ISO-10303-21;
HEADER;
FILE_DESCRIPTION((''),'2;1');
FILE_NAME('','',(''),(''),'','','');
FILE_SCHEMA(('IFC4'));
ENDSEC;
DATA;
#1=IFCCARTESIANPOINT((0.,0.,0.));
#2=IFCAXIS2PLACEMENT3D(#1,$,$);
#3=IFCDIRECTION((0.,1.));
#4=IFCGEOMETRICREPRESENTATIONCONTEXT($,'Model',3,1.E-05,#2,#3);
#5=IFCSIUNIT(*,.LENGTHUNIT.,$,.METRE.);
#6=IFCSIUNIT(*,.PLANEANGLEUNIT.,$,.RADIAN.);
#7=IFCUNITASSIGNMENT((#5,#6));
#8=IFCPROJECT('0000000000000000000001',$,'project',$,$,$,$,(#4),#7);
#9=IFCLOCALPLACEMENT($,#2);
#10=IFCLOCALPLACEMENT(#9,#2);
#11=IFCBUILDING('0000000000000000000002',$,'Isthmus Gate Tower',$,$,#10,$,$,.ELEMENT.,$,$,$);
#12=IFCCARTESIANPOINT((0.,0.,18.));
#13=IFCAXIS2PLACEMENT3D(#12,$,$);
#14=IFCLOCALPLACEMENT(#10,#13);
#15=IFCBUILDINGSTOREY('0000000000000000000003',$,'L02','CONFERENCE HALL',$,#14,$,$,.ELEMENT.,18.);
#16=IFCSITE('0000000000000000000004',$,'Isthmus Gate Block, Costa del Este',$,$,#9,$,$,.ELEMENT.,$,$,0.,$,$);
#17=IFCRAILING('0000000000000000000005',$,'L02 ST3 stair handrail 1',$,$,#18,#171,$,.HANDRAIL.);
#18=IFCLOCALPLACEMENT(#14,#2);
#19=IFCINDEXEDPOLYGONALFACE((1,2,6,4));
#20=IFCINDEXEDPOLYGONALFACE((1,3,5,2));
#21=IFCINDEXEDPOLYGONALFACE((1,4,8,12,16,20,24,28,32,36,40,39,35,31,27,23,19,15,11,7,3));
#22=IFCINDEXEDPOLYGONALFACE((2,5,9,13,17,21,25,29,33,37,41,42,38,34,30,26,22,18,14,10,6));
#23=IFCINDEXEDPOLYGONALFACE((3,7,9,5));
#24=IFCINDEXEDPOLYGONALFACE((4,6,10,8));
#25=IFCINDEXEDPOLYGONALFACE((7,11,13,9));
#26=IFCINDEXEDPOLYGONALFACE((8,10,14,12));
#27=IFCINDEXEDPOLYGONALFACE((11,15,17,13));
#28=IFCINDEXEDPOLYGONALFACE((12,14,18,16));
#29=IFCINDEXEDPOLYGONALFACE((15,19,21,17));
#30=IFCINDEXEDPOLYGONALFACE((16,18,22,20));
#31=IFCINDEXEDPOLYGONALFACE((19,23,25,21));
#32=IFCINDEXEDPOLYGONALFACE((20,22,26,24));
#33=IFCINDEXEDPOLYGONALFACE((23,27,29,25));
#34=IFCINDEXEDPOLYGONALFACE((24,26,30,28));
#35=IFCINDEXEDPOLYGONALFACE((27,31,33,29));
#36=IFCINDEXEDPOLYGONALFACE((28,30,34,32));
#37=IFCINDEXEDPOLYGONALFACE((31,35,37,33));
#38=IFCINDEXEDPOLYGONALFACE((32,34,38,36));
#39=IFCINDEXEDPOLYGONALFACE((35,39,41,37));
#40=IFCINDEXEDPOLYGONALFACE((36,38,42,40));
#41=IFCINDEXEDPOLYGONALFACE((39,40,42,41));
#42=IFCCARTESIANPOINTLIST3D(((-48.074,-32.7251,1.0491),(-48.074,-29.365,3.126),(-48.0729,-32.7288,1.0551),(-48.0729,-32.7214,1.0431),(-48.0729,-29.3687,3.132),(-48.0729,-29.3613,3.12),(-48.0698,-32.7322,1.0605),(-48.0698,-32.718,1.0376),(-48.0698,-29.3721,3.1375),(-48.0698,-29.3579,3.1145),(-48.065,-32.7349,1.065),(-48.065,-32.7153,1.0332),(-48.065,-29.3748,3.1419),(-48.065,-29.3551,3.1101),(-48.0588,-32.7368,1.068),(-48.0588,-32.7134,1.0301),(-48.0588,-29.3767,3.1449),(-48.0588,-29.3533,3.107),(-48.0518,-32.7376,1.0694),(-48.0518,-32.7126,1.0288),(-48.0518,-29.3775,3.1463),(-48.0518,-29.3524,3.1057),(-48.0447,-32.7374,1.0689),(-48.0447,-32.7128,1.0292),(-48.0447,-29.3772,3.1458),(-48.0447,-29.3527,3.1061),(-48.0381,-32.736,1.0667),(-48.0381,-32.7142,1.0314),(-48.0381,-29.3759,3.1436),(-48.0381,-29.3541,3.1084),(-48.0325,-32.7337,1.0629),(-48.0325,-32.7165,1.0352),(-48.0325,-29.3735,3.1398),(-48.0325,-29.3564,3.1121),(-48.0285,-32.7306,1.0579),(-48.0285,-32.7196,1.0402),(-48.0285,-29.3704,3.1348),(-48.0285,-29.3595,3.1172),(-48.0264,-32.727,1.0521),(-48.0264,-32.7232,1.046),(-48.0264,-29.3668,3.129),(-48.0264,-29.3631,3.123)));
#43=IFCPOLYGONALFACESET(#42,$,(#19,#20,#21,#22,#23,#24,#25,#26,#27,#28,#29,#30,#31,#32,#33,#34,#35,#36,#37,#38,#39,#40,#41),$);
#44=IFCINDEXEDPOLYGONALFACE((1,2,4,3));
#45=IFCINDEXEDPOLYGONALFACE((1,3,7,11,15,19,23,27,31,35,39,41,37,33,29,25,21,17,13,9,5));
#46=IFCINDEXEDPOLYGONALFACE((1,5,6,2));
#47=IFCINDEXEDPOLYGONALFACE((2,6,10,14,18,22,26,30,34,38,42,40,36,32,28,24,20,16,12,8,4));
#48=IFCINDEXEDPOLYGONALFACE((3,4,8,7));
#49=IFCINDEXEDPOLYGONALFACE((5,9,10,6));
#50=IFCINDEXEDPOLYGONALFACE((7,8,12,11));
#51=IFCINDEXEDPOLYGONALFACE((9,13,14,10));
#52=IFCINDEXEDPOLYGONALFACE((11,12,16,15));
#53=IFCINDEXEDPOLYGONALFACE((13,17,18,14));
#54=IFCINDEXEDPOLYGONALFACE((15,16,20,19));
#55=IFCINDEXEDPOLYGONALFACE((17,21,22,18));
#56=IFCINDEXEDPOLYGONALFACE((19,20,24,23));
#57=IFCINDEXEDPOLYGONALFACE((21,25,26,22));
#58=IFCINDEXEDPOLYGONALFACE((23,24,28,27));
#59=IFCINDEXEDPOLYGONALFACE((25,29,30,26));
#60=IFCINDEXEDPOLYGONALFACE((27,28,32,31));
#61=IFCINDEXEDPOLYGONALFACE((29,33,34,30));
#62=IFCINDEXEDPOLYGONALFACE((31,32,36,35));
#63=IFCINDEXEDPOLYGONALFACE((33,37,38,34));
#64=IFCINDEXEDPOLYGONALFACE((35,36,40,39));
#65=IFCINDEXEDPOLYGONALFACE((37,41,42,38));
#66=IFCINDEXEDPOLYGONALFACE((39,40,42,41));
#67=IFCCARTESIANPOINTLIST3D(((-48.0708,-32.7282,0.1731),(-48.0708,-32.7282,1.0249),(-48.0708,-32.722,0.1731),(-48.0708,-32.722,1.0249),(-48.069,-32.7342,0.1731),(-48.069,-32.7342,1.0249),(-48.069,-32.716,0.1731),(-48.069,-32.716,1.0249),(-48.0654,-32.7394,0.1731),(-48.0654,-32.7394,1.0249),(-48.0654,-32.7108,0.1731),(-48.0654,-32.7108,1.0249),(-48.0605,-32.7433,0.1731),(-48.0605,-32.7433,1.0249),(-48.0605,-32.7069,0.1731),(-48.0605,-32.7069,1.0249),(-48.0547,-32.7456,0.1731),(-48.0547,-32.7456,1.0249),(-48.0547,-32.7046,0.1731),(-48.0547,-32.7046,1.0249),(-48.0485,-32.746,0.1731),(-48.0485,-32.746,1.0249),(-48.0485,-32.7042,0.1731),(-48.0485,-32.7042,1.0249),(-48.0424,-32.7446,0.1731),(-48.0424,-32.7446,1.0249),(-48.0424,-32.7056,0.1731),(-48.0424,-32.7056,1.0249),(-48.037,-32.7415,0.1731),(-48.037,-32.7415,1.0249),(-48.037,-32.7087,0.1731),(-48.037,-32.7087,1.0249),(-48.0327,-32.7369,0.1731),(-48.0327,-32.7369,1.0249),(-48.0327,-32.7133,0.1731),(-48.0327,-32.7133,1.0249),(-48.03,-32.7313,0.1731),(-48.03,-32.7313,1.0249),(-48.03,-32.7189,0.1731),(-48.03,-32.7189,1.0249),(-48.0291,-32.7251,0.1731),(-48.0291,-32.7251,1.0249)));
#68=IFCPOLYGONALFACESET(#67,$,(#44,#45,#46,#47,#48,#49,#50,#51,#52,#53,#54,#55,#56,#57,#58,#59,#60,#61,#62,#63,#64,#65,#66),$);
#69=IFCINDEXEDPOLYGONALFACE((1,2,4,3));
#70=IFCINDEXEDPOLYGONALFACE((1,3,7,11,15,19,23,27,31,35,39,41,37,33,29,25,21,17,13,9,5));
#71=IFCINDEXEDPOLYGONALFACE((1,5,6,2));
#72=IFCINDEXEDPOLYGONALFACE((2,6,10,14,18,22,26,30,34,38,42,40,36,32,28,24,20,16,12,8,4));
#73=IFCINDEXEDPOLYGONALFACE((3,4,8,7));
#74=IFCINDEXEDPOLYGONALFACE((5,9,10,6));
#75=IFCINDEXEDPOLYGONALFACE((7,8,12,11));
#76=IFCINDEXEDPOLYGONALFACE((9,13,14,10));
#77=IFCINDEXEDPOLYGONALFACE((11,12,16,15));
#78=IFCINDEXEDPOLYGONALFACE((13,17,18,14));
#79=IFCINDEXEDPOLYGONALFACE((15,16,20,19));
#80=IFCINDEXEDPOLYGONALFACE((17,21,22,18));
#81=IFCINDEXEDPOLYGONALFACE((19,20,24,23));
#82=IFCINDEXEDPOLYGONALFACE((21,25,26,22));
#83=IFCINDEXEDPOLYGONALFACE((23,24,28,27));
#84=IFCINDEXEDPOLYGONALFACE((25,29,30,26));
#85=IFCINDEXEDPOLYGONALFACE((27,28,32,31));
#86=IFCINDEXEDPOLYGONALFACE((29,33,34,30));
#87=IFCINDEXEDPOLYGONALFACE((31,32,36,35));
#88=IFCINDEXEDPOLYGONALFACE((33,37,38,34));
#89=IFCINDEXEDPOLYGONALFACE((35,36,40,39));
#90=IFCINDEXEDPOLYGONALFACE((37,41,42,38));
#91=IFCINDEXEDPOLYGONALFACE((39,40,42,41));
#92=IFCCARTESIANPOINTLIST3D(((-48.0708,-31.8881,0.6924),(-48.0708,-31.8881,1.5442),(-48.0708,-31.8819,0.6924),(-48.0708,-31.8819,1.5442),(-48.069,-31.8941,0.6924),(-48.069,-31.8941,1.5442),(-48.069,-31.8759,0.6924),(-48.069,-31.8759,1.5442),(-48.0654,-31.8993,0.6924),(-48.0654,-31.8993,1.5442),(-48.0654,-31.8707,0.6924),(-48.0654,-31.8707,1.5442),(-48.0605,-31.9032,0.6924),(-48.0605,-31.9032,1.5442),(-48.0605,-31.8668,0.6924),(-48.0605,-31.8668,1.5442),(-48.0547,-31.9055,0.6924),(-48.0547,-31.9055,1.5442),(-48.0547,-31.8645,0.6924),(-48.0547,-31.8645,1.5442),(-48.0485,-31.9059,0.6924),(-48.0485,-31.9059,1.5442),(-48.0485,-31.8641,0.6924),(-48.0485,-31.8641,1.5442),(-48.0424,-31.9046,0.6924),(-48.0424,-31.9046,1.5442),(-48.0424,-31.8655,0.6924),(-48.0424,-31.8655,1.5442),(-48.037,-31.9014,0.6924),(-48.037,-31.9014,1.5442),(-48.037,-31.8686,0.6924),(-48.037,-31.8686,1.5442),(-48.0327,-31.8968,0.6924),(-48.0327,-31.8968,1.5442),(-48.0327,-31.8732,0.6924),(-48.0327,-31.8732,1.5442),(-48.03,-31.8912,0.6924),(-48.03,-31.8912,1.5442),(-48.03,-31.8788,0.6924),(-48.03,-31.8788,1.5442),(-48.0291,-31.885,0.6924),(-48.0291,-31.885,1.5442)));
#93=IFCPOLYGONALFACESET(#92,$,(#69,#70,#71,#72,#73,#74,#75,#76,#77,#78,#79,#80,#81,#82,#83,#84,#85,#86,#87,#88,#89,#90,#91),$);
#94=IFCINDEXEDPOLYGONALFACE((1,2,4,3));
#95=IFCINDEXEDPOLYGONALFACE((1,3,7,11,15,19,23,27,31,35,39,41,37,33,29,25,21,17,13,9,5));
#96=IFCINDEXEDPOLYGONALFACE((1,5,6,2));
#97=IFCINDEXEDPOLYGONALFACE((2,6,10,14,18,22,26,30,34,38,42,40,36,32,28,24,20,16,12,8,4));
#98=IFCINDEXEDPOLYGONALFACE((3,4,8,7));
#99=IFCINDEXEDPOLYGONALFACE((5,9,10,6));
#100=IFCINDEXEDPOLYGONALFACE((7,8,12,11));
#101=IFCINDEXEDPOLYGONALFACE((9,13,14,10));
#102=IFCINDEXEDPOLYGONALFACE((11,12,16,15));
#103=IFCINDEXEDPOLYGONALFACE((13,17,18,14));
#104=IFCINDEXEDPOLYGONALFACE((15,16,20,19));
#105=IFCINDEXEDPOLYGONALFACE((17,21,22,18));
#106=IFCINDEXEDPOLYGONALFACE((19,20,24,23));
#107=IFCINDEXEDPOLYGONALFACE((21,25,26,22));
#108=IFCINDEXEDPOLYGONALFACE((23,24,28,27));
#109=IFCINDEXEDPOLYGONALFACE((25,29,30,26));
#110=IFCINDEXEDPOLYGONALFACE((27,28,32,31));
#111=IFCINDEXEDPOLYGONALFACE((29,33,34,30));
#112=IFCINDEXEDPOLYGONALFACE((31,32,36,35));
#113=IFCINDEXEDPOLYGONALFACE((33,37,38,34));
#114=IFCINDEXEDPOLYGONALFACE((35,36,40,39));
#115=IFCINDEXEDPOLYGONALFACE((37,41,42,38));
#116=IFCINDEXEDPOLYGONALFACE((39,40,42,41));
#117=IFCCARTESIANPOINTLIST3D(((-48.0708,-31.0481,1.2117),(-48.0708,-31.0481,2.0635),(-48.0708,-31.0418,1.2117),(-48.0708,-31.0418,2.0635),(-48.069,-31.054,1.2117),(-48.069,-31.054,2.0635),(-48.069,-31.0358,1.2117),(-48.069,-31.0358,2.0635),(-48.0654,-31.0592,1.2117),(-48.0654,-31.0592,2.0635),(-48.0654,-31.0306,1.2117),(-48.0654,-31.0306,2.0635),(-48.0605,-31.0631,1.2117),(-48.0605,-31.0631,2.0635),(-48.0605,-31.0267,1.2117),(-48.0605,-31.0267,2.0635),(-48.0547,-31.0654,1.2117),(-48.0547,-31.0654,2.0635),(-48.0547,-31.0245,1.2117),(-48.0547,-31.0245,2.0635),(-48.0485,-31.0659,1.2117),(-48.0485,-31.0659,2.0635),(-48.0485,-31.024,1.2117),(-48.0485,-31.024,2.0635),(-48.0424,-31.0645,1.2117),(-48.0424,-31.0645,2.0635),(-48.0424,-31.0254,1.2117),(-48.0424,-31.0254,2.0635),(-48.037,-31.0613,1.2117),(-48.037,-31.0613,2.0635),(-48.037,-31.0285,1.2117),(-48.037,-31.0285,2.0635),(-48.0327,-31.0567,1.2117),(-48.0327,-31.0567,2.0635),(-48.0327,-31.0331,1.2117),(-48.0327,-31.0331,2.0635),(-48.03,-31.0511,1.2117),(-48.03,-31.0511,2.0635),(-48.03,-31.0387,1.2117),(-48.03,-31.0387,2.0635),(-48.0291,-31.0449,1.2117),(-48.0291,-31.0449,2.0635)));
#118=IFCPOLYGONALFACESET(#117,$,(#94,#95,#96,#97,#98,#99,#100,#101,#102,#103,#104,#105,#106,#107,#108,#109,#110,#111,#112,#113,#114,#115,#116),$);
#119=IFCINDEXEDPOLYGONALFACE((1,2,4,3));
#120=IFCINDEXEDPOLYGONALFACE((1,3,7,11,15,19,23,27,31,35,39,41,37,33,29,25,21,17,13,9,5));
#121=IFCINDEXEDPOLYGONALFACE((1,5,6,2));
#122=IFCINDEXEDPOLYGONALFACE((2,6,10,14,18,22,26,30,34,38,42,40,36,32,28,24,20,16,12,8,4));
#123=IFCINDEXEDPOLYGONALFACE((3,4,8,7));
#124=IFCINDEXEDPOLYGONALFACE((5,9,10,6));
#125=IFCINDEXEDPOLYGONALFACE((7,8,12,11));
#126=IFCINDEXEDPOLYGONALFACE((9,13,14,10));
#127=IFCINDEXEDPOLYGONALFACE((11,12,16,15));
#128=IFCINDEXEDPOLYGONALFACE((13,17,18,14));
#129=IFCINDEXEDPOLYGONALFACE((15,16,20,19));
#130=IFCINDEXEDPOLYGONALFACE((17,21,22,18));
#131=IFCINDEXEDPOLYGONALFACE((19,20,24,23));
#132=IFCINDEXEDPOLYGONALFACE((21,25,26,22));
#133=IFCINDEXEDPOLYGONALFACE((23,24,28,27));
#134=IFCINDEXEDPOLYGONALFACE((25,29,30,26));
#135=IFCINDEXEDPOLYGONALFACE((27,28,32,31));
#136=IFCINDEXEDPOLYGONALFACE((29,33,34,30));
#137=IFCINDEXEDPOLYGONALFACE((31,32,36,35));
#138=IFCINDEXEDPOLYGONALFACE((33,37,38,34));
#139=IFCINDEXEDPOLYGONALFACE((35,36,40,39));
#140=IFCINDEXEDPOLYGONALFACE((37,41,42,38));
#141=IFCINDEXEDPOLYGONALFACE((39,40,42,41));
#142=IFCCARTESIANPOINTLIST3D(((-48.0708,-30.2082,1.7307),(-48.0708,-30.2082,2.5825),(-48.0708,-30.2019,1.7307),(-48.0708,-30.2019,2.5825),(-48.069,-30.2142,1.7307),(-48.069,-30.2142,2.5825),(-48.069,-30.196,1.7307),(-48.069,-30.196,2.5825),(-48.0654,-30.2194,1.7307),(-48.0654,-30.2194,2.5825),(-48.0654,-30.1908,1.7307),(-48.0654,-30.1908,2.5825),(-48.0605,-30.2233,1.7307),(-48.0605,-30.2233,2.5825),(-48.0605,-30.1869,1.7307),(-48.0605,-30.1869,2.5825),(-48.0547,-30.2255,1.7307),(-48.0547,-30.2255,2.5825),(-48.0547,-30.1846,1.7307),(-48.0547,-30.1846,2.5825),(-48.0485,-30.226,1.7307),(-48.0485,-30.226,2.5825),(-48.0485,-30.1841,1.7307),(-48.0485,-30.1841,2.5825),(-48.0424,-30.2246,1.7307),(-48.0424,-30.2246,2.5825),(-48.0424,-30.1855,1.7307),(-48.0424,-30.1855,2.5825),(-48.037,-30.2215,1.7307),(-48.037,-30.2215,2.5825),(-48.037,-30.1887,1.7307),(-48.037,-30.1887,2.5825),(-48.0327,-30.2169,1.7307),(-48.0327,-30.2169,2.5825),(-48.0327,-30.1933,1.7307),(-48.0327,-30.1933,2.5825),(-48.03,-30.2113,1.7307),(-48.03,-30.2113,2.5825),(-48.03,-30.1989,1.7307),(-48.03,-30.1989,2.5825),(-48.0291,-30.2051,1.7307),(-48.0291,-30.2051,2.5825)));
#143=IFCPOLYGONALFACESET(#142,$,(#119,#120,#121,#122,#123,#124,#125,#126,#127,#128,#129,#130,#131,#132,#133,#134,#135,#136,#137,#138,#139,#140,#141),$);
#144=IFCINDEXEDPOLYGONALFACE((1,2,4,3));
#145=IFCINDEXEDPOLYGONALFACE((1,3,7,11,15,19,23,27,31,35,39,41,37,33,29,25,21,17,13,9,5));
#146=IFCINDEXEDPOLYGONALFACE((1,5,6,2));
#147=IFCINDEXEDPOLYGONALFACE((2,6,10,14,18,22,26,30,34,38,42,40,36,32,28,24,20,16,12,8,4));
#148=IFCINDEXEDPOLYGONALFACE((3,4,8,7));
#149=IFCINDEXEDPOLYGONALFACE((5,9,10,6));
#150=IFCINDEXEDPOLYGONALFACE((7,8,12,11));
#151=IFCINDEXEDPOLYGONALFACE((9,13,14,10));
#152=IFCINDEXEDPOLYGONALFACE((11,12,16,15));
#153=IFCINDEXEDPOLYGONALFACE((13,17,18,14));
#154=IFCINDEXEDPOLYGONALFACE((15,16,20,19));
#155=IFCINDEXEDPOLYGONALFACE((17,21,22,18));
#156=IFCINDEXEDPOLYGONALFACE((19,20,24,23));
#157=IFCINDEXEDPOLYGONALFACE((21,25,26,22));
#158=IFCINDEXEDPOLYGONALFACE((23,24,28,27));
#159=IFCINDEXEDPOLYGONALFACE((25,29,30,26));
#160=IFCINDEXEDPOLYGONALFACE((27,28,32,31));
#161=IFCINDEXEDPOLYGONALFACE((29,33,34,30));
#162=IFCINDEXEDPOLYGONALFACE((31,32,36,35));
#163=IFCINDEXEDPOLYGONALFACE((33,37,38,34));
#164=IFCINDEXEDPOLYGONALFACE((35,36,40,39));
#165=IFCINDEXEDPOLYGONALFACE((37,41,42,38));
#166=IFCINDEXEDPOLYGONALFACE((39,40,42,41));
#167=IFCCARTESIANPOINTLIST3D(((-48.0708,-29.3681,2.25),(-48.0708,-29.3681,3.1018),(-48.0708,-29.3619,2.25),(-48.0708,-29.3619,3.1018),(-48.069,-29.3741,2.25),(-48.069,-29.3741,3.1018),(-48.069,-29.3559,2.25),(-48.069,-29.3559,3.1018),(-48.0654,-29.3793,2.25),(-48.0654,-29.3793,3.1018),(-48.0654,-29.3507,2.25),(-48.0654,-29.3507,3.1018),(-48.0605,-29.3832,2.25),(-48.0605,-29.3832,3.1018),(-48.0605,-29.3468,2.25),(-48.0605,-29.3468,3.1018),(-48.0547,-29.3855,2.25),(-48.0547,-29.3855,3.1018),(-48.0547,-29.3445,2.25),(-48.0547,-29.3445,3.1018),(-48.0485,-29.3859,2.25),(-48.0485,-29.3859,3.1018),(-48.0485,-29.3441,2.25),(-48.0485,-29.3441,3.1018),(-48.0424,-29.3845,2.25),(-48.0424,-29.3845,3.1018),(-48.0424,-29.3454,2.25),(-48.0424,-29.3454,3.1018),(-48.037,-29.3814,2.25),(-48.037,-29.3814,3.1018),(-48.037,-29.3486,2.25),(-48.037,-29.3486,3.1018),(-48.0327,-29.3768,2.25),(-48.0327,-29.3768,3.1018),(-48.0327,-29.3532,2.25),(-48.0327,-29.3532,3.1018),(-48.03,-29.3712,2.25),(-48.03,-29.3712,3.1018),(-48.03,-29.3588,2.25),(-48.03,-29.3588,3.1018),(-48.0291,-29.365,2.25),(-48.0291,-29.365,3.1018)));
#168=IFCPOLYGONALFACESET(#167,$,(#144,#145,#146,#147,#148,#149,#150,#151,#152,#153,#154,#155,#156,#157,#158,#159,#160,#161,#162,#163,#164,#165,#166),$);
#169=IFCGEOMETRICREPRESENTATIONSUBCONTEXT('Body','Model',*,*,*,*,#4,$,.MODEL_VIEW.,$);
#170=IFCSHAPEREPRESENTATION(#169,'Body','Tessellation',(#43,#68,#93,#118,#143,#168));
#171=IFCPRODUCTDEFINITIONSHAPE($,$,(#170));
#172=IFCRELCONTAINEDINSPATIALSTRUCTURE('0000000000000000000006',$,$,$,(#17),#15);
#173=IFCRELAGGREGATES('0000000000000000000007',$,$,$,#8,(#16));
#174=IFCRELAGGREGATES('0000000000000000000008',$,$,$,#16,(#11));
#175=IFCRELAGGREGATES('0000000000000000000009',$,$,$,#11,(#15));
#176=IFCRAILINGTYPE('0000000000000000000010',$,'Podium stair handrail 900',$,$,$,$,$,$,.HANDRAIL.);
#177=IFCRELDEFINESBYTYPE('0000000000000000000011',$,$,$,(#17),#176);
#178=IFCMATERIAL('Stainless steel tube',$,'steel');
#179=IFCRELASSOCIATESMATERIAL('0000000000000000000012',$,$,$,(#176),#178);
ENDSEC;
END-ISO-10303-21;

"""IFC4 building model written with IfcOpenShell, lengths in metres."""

from ifc_helpers import new_model, si_unit, direction, frame, origin, origin_2d, place, context, subcontext, project, spatial, circle, extrude, material, type_object, element, save


model = new_model("IFC4")

# Units and contexts
model_context = context("Model", 3, precision=1e-05, world=origin(), true_north=direction((0.0, 1.0)))
body_context = subcontext(model_context, "Body", "Model", "MODEL_VIEW")
ifc_project = project(units=[si_unit("LENGTHUNIT", "METRE"), si_unit("PLANEANGLEUNIT", "RADIAN")], contexts=[model_context])

# Site, building, storey
site_placement = place(None, origin())
site = spatial("IfcSite", under=ifc_project, at=site_placement, Name="Isthmus Gate Block, Costa del Este", CompositionType="ELEMENT", RefElevation=0.0)
building_placement = place(site_placement, origin())
building = spatial("IfcBuilding", under=site, at=building_placement, Name="Isthmus Gate Tower", CompositionType="ELEMENT")
storey_placement = place(building_placement, frame((0.0, 0.0, 18.0)))
storey = spatial("IfcBuildingStorey", under=building, at=storey_placement, Name="L02", Description="CONFERENCE HALL", CompositionType="ELEMENT", Elevation=18.0)

# Railing
ifc_material_1 = material(Name="Stainless steel tube", Category="steel")
railing_type_1 = type_object("IfcRailingType", Name="Podium stair handrail 900", PredefinedType="HANDRAIL", material=ifc_material_1)
railing_1_placement = place(storey_placement, frame((-48.05, -32.7251, 0.1731)))
element("IfcRailing", 1, at=railing_1_placement, inside=storey, type_object=railing_type_1, Name="L02 ST3 stair handrail 1", PredefinedType="HANDRAIL", context=body_context, shape_type="SweptSolid", body=[
    extrude(circle(Radius=0.0239, at=origin_2d()), frame((0.0, 0.0, 0.876), z_axis=(0.0, 0.850623, 0.525776), x_axis=(-1.0, 0.0, 0.0)), (0.0, 0.0, 1.0), 3.9502),
    extrude(circle(Radius=0.021, at=origin_2d()), origin(), (0.0, 0.0, 1.0), 0.8518),
    extrude(circle(Radius=0.021, at=origin_2d()), frame((0.0, 0.8401, 0.5193)), (0.0, 0.0, 1.0), 0.8518),
    extrude(circle(Radius=0.021, at=origin_2d()), frame((0.0, 1.6802, 1.0386)), (0.0, 0.0, 1.0), 0.8518),
    extrude(circle(Radius=0.021, at=origin_2d()), frame((0.0, 2.52, 1.5576)), (0.0, 0.0, 1.0), 0.8518),
    extrude(circle(Radius=0.021, at=origin_2d()), frame((0.0, 3.3601, 2.0769)), (0.0, 0.0, 1.0), 0.8518),
])

save(model, "model.ifc")
